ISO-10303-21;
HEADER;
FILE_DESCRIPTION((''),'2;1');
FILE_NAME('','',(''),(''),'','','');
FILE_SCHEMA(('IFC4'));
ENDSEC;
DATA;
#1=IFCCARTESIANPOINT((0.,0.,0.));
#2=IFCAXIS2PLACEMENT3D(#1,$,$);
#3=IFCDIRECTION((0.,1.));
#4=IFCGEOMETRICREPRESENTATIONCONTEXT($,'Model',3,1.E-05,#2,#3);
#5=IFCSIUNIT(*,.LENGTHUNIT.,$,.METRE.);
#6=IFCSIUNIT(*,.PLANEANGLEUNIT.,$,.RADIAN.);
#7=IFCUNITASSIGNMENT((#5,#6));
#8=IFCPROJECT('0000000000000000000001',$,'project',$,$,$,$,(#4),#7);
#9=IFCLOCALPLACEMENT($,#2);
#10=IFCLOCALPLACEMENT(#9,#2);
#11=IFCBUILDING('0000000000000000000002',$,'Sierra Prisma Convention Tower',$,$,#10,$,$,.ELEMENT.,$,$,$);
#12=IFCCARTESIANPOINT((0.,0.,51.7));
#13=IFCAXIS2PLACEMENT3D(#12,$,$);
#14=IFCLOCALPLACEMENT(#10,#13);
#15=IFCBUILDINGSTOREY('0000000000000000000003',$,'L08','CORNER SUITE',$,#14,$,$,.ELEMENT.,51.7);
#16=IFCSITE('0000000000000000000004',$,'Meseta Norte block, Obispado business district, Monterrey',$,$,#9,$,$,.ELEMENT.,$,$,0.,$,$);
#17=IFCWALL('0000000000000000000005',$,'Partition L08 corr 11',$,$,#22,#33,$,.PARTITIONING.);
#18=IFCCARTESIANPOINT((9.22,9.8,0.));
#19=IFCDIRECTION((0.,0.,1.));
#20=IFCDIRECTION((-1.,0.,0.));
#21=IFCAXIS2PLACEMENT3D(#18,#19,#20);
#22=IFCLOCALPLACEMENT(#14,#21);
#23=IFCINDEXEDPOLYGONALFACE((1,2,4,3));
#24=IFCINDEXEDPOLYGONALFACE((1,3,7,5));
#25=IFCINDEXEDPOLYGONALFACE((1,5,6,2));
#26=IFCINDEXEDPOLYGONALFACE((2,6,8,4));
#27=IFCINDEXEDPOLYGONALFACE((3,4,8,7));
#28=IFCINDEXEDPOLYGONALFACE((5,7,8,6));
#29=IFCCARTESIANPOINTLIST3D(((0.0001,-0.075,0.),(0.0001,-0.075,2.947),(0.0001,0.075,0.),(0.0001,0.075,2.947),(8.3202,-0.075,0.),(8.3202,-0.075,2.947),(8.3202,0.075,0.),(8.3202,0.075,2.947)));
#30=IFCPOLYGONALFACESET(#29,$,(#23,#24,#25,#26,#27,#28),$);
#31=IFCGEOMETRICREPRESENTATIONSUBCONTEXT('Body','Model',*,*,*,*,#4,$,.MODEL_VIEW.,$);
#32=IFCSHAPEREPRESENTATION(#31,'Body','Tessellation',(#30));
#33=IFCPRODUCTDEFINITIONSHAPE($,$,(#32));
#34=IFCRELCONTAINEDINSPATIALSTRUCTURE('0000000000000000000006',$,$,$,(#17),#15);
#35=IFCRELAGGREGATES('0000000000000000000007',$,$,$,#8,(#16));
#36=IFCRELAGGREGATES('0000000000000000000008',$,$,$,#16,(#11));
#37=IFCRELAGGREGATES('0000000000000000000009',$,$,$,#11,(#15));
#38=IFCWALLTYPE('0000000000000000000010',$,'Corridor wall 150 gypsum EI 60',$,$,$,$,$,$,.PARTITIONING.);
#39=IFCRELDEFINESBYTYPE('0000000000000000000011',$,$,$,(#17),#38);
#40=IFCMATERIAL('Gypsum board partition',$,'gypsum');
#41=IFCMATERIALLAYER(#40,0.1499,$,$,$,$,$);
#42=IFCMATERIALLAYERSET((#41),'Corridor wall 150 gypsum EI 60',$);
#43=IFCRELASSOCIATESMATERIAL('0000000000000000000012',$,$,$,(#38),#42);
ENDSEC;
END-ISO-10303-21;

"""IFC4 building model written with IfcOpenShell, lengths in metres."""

from ifc_helpers import new_model, si_unit, direction, frame, frame_2d, origin, place, context, subcontext, project, spatial, rectangle, extrude, material, layer, layer_set, type_object, element, save


model = new_model("IFC4")

# Units and contexts
model_context = context("Model", 3, precision=1e-05, world=origin(), true_north=direction((0.0, 1.0)))
body_context = subcontext(model_context, "Body", "Model", "MODEL_VIEW")
ifc_project = project(units=[si_unit("LENGTHUNIT", "METRE"), si_unit("PLANEANGLEUNIT", "RADIAN")], contexts=[model_context])

# Site, building, storey
site_placement = place(None, origin())
site = spatial("IfcSite", under=ifc_project, at=site_placement, Name="Meseta Norte block, Obispado business district, Monterrey", CompositionType="ELEMENT", RefElevation=0.0)
building_placement = place(site_placement, origin())
building = spatial("IfcBuilding", under=site, at=building_placement, Name="Sierra Prisma Convention Tower", CompositionType="ELEMENT")
storey_placement = place(building_placement, frame((0.0, 0.0, 51.7)))
storey = spatial("IfcBuildingStorey", under=building, at=storey_placement, Name="L08", Description="CORNER SUITE", CompositionType="ELEMENT", Elevation=51.7)

# Wall
ifc_material_1 = material(Name="Gypsum board partition", Category="gypsum")
ifc_layer_1 = layer(ifc_material_1, 0.1499)
ifc_layer_set_1 = layer_set([ifc_layer_1], Name="Corridor wall 150 gypsum EI 60")
wall_type_1 = type_object("IfcWallType", Name="Corridor wall 150 gypsum EI 60", PredefinedType="PARTITIONING", material=ifc_layer_set_1)
wall_1_placement = place(storey_placement, frame((9.22, 9.8, 0.0), z_axis=(0.0, 0.0, 1.0), x_axis=(-1.0, 0.0, 0.0)))
element("IfcWall", 1, at=wall_1_placement, inside=storey, type_object=wall_type_1, Name="Partition L08 corr 11", PredefinedType="PARTITIONING", context=body_context, shape_type="SweptSolid", body=[
    extrude(rectangle(XDim=8.3201, YDim=0.1499, at=frame_2d((4.1602, 0.0))), origin(), (0.0, 0.0, 1.0), 2.947),
])

save(model, "model.ifc")
